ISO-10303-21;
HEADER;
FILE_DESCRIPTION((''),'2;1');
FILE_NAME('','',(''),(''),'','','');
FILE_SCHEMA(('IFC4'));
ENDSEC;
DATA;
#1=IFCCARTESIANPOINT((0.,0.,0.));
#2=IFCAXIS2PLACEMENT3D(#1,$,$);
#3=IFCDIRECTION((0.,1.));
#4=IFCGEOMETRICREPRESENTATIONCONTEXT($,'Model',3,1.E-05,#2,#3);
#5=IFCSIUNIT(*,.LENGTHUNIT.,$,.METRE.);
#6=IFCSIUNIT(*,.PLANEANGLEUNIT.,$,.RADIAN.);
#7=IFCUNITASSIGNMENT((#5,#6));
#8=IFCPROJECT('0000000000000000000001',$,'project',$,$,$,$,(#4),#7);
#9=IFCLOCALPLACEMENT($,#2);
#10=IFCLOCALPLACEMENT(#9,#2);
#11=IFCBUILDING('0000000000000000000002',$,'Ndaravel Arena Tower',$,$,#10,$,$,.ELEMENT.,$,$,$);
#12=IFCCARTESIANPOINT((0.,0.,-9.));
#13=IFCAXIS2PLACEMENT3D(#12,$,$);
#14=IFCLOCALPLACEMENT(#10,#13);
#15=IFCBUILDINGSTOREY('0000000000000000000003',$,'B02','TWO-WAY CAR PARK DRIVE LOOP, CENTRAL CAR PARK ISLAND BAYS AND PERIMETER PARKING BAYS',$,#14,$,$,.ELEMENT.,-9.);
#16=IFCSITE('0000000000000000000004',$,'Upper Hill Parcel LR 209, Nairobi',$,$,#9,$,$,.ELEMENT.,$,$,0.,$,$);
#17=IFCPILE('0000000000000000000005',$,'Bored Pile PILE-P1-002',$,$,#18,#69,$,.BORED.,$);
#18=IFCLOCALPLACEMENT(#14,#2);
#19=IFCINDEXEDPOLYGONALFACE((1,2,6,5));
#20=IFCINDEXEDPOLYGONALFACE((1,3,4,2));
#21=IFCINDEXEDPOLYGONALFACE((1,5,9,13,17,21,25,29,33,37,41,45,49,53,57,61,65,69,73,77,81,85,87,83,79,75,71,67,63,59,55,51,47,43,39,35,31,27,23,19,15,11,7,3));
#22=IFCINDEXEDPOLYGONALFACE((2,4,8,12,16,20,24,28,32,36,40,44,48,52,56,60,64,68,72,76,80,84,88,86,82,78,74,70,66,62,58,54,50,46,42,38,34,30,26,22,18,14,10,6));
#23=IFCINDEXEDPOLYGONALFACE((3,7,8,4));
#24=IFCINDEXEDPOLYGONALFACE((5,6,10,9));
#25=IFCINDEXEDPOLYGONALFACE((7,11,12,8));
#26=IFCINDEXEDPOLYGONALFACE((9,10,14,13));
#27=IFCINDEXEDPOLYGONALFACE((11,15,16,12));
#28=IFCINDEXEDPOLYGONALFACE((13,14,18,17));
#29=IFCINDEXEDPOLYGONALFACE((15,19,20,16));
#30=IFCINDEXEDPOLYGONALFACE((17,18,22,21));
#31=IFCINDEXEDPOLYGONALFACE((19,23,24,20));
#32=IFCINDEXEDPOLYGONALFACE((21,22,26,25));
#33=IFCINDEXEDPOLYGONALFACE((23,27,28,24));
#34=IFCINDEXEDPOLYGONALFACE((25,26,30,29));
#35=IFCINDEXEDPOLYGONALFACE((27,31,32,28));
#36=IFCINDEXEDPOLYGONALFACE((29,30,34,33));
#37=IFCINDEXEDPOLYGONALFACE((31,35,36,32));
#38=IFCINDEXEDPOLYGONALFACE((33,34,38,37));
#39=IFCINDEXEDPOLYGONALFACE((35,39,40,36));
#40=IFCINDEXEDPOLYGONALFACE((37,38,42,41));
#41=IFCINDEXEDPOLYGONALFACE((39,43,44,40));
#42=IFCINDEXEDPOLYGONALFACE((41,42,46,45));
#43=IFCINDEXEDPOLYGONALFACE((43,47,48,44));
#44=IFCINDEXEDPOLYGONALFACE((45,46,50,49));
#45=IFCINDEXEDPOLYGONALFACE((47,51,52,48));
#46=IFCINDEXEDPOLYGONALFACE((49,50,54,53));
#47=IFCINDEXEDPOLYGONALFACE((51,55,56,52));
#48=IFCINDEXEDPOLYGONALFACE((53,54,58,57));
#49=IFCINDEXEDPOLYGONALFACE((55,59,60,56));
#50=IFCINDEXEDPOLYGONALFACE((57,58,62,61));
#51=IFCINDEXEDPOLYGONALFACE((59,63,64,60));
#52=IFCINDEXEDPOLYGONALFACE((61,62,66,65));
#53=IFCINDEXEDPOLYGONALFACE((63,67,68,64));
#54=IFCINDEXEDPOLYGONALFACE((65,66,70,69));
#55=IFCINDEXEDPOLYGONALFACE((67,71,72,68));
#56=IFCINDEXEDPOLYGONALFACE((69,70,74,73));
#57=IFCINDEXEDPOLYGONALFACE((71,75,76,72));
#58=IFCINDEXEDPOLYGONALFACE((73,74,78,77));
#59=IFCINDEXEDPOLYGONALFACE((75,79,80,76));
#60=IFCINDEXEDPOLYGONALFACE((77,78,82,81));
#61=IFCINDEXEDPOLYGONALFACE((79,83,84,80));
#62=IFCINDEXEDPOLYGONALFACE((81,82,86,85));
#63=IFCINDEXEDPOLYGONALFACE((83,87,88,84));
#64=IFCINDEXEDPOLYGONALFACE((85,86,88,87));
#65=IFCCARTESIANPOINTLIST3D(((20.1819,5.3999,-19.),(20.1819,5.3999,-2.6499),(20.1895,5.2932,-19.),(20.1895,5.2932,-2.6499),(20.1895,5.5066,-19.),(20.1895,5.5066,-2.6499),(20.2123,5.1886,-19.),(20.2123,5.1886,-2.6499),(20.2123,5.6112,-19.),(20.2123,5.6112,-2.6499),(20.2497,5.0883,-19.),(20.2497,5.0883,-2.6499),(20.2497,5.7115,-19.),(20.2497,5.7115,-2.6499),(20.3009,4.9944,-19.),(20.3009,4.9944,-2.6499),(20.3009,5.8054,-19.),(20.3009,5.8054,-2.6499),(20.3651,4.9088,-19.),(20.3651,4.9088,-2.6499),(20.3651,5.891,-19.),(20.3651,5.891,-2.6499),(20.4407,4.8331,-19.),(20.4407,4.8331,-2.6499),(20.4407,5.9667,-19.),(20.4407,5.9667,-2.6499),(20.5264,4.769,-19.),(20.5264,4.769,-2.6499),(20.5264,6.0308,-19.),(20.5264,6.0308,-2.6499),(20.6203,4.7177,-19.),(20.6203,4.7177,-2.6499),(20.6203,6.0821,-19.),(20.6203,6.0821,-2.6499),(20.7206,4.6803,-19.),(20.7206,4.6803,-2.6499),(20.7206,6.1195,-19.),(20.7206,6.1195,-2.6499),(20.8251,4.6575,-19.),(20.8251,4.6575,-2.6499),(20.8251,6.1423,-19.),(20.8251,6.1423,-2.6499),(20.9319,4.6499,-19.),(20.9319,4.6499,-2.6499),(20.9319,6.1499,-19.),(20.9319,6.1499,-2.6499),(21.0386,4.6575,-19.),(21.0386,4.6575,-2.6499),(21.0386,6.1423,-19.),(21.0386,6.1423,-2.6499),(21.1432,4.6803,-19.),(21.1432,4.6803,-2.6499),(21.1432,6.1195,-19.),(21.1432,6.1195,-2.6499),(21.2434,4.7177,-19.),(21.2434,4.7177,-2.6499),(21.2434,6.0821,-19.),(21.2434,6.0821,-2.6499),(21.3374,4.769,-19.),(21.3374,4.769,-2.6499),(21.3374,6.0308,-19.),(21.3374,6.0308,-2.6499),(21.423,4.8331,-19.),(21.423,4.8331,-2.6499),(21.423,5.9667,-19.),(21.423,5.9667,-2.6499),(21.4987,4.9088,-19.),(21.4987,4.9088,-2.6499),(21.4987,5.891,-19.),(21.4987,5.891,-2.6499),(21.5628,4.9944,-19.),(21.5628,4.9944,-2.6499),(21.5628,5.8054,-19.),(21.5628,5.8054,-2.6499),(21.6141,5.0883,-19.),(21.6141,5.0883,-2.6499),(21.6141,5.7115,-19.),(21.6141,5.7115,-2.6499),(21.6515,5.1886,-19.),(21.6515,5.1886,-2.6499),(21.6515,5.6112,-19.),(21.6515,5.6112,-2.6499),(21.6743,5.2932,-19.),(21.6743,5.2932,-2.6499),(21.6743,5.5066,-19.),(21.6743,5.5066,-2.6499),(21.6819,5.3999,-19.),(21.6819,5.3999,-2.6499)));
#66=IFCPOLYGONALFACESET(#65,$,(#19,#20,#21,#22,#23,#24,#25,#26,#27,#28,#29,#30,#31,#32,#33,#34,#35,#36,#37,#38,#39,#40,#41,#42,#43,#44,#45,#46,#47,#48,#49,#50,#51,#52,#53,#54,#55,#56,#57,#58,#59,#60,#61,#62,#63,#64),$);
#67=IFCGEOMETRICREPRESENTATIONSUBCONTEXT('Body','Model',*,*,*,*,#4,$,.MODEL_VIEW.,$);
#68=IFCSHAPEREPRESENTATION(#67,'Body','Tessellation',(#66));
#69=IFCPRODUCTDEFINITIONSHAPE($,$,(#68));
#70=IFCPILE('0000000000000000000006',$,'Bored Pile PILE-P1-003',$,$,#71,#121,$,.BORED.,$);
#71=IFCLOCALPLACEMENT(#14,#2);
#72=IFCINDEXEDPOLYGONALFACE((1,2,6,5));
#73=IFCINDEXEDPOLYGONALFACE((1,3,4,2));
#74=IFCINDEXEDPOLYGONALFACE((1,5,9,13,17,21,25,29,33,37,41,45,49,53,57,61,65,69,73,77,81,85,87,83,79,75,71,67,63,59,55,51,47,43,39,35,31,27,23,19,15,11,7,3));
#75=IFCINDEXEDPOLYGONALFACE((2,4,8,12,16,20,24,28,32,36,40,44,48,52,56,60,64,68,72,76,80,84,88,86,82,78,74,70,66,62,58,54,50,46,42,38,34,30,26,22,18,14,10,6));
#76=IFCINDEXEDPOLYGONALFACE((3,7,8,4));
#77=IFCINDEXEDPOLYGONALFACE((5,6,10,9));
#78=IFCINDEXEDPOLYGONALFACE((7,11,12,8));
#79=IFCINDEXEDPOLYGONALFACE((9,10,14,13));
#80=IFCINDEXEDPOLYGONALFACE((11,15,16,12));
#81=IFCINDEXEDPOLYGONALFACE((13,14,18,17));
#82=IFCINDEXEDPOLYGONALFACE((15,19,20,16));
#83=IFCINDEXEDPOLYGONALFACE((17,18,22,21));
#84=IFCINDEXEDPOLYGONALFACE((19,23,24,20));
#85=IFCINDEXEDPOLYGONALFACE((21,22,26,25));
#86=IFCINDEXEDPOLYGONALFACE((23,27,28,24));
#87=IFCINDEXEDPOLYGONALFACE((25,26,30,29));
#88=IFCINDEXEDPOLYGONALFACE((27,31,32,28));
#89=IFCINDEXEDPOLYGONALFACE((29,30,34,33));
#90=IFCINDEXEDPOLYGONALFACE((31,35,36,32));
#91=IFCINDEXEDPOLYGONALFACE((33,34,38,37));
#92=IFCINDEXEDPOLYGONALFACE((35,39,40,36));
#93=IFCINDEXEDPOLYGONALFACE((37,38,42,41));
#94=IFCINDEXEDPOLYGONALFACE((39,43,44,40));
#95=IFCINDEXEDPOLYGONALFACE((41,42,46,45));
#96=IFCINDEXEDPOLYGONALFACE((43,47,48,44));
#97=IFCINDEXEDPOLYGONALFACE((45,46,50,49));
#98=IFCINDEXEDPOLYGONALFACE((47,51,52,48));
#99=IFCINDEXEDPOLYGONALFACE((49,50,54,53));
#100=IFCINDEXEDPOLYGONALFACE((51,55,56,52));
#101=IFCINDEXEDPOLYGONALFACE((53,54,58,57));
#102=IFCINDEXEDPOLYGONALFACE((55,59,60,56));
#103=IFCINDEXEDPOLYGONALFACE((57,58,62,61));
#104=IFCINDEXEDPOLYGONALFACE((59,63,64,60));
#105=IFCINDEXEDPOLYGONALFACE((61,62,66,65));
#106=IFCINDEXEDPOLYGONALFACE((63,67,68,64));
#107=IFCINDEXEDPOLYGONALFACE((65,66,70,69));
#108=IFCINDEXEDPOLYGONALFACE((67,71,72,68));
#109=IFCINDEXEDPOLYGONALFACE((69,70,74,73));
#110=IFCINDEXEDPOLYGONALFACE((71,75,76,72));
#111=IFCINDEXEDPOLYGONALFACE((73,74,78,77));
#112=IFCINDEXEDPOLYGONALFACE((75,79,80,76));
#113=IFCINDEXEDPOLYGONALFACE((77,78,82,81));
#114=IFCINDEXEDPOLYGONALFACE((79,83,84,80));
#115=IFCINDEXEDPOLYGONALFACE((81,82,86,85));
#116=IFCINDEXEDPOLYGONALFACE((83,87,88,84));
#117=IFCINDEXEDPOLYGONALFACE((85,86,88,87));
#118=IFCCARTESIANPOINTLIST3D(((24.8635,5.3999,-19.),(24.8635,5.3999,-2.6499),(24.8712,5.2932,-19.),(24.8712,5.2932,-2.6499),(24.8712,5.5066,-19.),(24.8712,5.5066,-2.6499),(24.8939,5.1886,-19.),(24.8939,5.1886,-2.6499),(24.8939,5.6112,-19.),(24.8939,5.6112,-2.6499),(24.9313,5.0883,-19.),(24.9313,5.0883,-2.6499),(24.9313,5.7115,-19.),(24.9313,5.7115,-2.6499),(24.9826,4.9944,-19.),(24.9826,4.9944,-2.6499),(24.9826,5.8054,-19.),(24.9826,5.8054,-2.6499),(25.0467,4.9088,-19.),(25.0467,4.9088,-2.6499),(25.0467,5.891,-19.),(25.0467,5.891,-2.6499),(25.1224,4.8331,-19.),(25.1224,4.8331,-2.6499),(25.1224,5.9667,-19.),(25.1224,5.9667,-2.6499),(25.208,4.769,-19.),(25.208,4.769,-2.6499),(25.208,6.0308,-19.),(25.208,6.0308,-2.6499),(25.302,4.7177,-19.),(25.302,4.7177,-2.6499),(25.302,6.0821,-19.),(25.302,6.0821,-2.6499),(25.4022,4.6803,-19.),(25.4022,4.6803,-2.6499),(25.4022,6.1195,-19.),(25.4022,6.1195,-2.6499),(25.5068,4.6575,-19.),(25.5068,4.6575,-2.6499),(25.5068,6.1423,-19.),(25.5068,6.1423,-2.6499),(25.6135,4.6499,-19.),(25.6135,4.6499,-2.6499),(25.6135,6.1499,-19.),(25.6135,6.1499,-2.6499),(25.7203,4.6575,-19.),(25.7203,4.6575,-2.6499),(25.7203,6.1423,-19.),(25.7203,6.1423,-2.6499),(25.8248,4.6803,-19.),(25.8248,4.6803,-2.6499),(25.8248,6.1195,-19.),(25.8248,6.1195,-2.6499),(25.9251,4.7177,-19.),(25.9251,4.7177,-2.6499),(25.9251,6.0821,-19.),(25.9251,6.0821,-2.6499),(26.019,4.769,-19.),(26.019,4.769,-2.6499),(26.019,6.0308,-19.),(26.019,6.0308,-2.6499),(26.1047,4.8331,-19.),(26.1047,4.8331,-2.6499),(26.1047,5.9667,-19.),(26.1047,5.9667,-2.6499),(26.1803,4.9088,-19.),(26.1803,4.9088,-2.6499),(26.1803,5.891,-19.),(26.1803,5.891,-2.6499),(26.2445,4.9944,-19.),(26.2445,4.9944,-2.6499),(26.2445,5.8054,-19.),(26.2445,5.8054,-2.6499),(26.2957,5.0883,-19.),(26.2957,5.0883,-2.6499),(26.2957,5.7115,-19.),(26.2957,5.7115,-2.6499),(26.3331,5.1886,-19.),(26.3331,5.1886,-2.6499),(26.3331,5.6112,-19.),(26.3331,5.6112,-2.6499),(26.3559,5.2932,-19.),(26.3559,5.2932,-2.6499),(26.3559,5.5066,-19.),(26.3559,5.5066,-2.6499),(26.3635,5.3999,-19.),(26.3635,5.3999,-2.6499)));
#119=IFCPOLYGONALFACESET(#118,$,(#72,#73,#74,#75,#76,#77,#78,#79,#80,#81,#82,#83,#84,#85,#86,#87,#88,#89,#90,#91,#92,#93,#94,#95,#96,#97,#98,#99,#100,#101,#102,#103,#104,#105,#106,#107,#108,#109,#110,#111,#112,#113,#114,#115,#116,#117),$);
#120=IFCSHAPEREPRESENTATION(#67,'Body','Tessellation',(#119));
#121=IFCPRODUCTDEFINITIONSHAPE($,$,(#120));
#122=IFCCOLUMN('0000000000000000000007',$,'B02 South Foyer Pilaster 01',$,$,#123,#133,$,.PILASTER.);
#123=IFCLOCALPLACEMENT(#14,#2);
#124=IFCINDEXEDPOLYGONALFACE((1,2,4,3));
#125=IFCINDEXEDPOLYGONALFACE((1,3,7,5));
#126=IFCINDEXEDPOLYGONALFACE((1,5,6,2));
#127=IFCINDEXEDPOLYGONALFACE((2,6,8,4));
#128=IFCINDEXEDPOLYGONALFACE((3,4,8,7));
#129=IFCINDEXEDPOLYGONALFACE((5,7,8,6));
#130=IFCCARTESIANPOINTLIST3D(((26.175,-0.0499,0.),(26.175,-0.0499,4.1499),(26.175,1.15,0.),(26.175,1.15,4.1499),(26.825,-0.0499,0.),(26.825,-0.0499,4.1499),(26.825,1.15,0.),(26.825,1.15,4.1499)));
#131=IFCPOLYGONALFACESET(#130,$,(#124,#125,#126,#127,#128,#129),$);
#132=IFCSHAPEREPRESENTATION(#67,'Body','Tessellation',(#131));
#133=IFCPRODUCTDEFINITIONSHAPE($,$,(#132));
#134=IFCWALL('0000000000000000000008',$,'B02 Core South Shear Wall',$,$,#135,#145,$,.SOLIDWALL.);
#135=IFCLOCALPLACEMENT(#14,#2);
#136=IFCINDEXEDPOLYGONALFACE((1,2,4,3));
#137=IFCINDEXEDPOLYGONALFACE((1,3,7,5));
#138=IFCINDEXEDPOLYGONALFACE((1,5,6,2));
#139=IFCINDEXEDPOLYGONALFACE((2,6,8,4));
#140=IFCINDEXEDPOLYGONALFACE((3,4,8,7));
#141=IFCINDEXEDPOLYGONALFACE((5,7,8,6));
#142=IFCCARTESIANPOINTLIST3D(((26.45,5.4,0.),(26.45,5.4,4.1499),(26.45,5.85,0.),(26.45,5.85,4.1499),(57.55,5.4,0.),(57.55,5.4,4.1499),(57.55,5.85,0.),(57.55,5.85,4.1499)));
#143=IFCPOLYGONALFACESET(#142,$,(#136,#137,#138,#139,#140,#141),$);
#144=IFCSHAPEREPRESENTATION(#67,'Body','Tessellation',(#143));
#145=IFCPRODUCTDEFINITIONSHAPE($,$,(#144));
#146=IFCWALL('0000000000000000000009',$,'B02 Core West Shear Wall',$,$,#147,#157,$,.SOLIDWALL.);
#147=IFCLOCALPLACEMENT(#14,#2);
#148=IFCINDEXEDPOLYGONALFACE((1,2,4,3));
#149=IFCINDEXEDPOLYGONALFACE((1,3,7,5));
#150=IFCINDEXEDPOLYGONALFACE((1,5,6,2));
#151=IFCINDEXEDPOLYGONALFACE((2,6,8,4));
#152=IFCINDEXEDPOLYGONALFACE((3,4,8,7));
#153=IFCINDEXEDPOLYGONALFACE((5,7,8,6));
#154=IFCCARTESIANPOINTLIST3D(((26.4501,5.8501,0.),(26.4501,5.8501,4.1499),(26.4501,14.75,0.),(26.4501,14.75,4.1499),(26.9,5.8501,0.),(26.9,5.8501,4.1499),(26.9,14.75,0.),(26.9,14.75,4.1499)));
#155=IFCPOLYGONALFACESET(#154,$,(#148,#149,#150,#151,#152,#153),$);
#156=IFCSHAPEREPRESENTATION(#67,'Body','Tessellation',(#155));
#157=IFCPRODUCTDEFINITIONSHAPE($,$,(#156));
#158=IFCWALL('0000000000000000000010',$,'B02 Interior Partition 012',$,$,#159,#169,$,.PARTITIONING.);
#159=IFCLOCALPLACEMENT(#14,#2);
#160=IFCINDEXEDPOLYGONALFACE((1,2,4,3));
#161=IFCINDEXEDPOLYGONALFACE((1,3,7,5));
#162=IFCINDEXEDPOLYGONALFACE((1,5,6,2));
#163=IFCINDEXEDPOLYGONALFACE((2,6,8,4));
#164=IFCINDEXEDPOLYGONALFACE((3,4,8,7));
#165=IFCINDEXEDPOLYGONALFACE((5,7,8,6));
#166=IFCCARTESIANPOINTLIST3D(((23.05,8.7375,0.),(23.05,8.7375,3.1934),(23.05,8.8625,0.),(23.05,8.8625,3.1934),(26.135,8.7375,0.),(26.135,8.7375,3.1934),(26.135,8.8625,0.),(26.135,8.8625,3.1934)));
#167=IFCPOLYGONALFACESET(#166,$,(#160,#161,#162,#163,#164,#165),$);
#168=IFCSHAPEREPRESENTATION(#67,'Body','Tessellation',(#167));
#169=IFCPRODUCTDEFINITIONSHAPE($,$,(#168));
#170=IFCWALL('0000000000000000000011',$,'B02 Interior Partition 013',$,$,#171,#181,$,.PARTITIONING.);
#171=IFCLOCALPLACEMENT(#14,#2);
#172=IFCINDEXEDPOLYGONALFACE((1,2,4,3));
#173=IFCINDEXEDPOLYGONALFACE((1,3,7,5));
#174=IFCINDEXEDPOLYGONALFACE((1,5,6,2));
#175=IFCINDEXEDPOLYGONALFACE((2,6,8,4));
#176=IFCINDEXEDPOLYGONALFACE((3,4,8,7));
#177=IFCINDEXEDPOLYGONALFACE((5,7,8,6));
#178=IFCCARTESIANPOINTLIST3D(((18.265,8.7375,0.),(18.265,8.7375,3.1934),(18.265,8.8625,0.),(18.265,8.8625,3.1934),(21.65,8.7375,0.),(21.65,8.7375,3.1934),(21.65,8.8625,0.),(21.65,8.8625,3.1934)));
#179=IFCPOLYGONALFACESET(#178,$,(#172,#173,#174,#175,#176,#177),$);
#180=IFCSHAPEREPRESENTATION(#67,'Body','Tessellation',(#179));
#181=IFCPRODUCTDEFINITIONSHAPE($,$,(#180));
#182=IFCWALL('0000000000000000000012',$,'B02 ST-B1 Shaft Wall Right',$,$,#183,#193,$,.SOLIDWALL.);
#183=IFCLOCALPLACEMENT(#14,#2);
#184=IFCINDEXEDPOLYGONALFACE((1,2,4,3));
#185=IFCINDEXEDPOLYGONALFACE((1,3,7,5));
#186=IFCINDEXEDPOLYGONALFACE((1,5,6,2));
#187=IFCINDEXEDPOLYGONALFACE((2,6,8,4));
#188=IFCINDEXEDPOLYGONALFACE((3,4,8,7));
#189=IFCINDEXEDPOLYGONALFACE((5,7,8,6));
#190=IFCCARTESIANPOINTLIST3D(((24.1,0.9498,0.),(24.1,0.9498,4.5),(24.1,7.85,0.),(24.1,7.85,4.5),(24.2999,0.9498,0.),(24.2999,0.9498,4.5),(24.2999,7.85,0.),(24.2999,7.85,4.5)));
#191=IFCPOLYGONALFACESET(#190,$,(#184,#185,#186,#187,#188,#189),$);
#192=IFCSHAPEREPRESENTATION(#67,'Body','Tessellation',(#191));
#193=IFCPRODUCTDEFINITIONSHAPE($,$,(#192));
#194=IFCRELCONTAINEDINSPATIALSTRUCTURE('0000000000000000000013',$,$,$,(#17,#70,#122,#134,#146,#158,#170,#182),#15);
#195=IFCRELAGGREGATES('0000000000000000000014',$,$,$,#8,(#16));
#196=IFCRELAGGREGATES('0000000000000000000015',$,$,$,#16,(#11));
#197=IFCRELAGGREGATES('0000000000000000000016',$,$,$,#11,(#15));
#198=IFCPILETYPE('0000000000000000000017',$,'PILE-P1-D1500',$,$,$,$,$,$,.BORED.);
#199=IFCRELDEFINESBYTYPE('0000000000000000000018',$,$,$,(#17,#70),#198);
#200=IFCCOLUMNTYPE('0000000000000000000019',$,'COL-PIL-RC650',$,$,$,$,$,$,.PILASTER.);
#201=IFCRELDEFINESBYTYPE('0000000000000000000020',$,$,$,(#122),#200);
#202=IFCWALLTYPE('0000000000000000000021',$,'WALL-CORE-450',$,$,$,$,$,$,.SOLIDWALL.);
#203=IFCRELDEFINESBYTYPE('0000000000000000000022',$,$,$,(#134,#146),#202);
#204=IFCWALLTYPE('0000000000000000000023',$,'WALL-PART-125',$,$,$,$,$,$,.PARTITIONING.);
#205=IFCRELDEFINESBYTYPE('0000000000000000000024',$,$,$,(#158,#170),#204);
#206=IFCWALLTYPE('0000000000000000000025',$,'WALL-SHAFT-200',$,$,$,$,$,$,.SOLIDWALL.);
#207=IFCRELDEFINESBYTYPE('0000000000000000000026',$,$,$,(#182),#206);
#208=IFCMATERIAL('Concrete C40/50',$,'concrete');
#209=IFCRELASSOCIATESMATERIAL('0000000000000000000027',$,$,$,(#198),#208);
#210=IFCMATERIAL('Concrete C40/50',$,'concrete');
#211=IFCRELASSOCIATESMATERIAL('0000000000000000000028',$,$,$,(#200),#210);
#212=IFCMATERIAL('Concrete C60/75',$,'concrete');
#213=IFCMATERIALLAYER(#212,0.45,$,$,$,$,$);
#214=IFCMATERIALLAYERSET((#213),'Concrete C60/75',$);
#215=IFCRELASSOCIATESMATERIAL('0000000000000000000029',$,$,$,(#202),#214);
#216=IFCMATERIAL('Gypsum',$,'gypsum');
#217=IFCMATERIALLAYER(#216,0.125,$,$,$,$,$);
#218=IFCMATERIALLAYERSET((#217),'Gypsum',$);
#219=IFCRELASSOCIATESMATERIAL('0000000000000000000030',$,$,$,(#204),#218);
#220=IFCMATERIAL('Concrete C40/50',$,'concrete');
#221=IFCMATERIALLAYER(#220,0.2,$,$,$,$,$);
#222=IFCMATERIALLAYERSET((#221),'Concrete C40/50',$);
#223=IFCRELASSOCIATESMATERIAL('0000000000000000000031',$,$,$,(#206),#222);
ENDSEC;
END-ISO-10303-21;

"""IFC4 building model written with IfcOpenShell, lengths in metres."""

from ifc_helpers import new_model, si_unit, direction, frame, frame_2d, origin, origin_2d, place, context, subcontext, project, spatial, rectangle, circle, extrude, material, layer, layer_set, material_profile, profile_set, type_object, element, save


model = new_model("IFC4")

# Units and contexts
model_context = context("Model", 3, precision=1e-05, world=origin(), true_north=direction((0.0, 1.0)))
body_context = subcontext(model_context, "Body", "Model", "MODEL_VIEW")
ifc_project = project(units=[si_unit("LENGTHUNIT", "METRE"), si_unit("PLANEANGLEUNIT", "RADIAN")], contexts=[model_context])

# Site, building, storey
site_placement = place(None, origin())
site = spatial("IfcSite", under=ifc_project, at=site_placement, Name="Upper Hill Parcel LR 209, Nairobi", CompositionType="ELEMENT", RefElevation=0.0)
building_placement = place(site_placement, origin())
building = spatial("IfcBuilding", under=site, at=building_placement, Name="Ndaravel Arena Tower", CompositionType="ELEMENT")
storey_placement = place(building_placement, frame((0.0, 0.0, -9.0)))
storey = spatial("IfcBuildingStorey", under=building, at=storey_placement, Name="B02", Description="TWO-WAY CAR PARK DRIVE LOOP, CENTRAL CAR PARK ISLAND BAYS AND PERIMETER PARKING BAYS", CompositionType="ELEMENT", Elevation=-9.0)

# Piles
ifc_material_1 = material(Name="Concrete C40/50", Category="concrete")
ifc_material_profile_1 = material_profile(ifc_material_1, circle(Radius=0.75, at=origin_2d()), Name="BORED PILE D1500")
ifc_profile_set_1 = profile_set([ifc_material_profile_1], Name="Concrete C40/50")
pile_type = type_object("IfcPileType", Name="PILE-P1-D1500", PredefinedType="BORED", material=ifc_profile_set_1)
for number, where, z_axis, x_axis, name in (
    (1, (20.9319, 5.3999, -2.6499), (0.0, 0.0, -1.0), (1.0, 0.0, 0.0), "Bored Pile PILE-P1-002"),
    (2, (25.6135, 5.3999, -2.6499), (0.0, 0.0, -1.0), (1.0, 0.0, 0.0), "Bored Pile PILE-P1-003"),
):
    element("IfcPile", number, at=place(storey_placement, frame(where, z_axis=z_axis, x_axis=x_axis)), inside=storey, type_object=pile_type, Name=name, PredefinedType="BORED", context=body_context, shape_type="SweptSolid", body=[
        extrude(circle(Radius=0.75, at=origin_2d()), origin(), (0.0, 0.0, 1.0), 16.3501),
    ])

# Column
ifc_material_2 = material(Name="Concrete C40/50", Category="concrete")
ifc_material_profile_2 = material_profile(ifc_material_2, rectangle(XDim=0.6499, YDim=1.2, at=origin_2d()), Name="RC 650x1200")
ifc_profile_set_2 = profile_set([ifc_material_profile_2], Name="Concrete C40/50")
column_type = type_object("IfcColumnType", Name="COL-PIL-RC650", PredefinedType="PILASTER", material=ifc_profile_set_2)
column_placement = place(storey_placement, frame((26.5, 0.55, 0.0), z_axis=(0.0, 0.0, 1.0), x_axis=(1.0, 0.0, 0.0)))
element("IfcColumn", 3, at=column_placement, inside=storey, type_object=column_type, Name="B02 South Foyer Pilaster 01", PredefinedType="PILASTER", context=body_context, shape_type="SweptSolid", body=[
    extrude(rectangle(XDim=0.6499, YDim=1.2, at=origin_2d()), origin(), (0.0, 0.0, 1.0), 4.1499),
])

# Walls
ifc_material_3 = material(Name="Concrete C60/75", Category="concrete")
ifc_layer_1 = layer(ifc_material_3, 0.45)
ifc_layer_set_1 = layer_set([ifc_layer_1], Name="Concrete C60/75")
wall_type_1 = type_object("IfcWallType", Name="WALL-CORE-450", PredefinedType="SOLIDWALL", material=ifc_layer_set_1)
wall_1_placement = place(storey_placement, frame((26.45, 5.625, 0.0), z_axis=(0.0, 0.0, 1.0), x_axis=(1.0, 0.0, 0.0)))
element("IfcWall", 4, at=wall_1_placement, inside=storey, type_object=wall_type_1, Name="B02 Core South Shear Wall", PredefinedType="SOLIDWALL", context=body_context, shape_type="SweptSolid", body=[
    extrude(rectangle(XDim=31.1001, YDim=0.45, at=frame_2d((15.55, 0.0))), origin(), (0.0, 0.0, 1.0), 4.1499),
])
wall_2_placement = place(storey_placement, frame((26.675, 5.8501, 0.0), z_axis=(0.0, 0.0, 1.0), x_axis=(0.0, 1.0, 0.0)))
element("IfcWall", 5, at=wall_2_placement, inside=storey, type_object=wall_type_1, Name="B02 Core West Shear Wall", PredefinedType="SOLIDWALL", context=body_context, shape_type="SweptSolid", body=[
    extrude(rectangle(XDim=8.8999, YDim=0.45, at=frame_2d((4.45, 0.0))), origin(), (0.0, 0.0, 1.0), 4.1499),
])
ifc_material_4 = material(Name="Gypsum", Category="gypsum")
ifc_layer_2 = layer(ifc_material_4, 0.125)
ifc_layer_set_2 = layer_set([ifc_layer_2], Name="Gypsum")
wall_type_2 = type_object("IfcWallType", Name="WALL-PART-125", PredefinedType="PARTITIONING", material=ifc_layer_set_2)
wall_3_placement = place(storey_placement, frame((26.135, 8.8, 0.0), z_axis=(0.0, 0.0, 1.0), x_axis=(-1.0, 0.0, 0.0)))
element("IfcWall", 6, at=wall_3_placement, inside=storey, type_object=wall_type_2, Name="B02 Interior Partition 012", PredefinedType="PARTITIONING", context=body_context, shape_type="SweptSolid", body=[
    extrude(rectangle(XDim=3.085, YDim=0.125, at=frame_2d((1.5425, 0.0))), origin(), (0.0, 0.0, 1.0), 3.1934),
])
wall_4_placement = place(storey_placement, frame((21.6499, 8.8, 0.0), z_axis=(0.0, 0.0, 1.0), x_axis=(-1.0, 0.0, 0.0)))
element("IfcWall", 7, at=wall_4_placement, inside=storey, type_object=wall_type_2, Name="B02 Interior Partition 013", PredefinedType="PARTITIONING", context=body_context, shape_type="SweptSolid", body=[
    extrude(rectangle(XDim=3.385, YDim=0.125, at=frame_2d((1.6924, 0.0))), origin(), (0.0, 0.0, 1.0), 3.1934),
])
ifc_material_5 = material(Name="Concrete C40/50", Category="concrete")
ifc_layer_3 = layer(ifc_material_5, 0.2)
ifc_layer_set_3 = layer_set([ifc_layer_3], Name="Concrete C40/50")
wall_type_3 = type_object("IfcWallType", Name="WALL-SHAFT-200", PredefinedType="SOLIDWALL", material=ifc_layer_set_3)
wall_5_placement = place(storey_placement, frame((24.2, 7.8501, 0.0), z_axis=(0.0, 0.0, 1.0), x_axis=(0.0, -1.0, 0.0)))
element("IfcWall", 8, at=wall_5_placement, inside=storey, type_object=wall_type_3, Name="B02 ST-B1 Shaft Wall Right", PredefinedType="SOLIDWALL", context=body_context, shape_type="SweptSolid", body=[
    extrude(rectangle(XDim=6.9001, YDim=0.2, at=frame_2d((3.4502, 0.0))), origin(), (0.0, 0.0, 1.0), 4.5),
])

save(model, "model.ifc")
